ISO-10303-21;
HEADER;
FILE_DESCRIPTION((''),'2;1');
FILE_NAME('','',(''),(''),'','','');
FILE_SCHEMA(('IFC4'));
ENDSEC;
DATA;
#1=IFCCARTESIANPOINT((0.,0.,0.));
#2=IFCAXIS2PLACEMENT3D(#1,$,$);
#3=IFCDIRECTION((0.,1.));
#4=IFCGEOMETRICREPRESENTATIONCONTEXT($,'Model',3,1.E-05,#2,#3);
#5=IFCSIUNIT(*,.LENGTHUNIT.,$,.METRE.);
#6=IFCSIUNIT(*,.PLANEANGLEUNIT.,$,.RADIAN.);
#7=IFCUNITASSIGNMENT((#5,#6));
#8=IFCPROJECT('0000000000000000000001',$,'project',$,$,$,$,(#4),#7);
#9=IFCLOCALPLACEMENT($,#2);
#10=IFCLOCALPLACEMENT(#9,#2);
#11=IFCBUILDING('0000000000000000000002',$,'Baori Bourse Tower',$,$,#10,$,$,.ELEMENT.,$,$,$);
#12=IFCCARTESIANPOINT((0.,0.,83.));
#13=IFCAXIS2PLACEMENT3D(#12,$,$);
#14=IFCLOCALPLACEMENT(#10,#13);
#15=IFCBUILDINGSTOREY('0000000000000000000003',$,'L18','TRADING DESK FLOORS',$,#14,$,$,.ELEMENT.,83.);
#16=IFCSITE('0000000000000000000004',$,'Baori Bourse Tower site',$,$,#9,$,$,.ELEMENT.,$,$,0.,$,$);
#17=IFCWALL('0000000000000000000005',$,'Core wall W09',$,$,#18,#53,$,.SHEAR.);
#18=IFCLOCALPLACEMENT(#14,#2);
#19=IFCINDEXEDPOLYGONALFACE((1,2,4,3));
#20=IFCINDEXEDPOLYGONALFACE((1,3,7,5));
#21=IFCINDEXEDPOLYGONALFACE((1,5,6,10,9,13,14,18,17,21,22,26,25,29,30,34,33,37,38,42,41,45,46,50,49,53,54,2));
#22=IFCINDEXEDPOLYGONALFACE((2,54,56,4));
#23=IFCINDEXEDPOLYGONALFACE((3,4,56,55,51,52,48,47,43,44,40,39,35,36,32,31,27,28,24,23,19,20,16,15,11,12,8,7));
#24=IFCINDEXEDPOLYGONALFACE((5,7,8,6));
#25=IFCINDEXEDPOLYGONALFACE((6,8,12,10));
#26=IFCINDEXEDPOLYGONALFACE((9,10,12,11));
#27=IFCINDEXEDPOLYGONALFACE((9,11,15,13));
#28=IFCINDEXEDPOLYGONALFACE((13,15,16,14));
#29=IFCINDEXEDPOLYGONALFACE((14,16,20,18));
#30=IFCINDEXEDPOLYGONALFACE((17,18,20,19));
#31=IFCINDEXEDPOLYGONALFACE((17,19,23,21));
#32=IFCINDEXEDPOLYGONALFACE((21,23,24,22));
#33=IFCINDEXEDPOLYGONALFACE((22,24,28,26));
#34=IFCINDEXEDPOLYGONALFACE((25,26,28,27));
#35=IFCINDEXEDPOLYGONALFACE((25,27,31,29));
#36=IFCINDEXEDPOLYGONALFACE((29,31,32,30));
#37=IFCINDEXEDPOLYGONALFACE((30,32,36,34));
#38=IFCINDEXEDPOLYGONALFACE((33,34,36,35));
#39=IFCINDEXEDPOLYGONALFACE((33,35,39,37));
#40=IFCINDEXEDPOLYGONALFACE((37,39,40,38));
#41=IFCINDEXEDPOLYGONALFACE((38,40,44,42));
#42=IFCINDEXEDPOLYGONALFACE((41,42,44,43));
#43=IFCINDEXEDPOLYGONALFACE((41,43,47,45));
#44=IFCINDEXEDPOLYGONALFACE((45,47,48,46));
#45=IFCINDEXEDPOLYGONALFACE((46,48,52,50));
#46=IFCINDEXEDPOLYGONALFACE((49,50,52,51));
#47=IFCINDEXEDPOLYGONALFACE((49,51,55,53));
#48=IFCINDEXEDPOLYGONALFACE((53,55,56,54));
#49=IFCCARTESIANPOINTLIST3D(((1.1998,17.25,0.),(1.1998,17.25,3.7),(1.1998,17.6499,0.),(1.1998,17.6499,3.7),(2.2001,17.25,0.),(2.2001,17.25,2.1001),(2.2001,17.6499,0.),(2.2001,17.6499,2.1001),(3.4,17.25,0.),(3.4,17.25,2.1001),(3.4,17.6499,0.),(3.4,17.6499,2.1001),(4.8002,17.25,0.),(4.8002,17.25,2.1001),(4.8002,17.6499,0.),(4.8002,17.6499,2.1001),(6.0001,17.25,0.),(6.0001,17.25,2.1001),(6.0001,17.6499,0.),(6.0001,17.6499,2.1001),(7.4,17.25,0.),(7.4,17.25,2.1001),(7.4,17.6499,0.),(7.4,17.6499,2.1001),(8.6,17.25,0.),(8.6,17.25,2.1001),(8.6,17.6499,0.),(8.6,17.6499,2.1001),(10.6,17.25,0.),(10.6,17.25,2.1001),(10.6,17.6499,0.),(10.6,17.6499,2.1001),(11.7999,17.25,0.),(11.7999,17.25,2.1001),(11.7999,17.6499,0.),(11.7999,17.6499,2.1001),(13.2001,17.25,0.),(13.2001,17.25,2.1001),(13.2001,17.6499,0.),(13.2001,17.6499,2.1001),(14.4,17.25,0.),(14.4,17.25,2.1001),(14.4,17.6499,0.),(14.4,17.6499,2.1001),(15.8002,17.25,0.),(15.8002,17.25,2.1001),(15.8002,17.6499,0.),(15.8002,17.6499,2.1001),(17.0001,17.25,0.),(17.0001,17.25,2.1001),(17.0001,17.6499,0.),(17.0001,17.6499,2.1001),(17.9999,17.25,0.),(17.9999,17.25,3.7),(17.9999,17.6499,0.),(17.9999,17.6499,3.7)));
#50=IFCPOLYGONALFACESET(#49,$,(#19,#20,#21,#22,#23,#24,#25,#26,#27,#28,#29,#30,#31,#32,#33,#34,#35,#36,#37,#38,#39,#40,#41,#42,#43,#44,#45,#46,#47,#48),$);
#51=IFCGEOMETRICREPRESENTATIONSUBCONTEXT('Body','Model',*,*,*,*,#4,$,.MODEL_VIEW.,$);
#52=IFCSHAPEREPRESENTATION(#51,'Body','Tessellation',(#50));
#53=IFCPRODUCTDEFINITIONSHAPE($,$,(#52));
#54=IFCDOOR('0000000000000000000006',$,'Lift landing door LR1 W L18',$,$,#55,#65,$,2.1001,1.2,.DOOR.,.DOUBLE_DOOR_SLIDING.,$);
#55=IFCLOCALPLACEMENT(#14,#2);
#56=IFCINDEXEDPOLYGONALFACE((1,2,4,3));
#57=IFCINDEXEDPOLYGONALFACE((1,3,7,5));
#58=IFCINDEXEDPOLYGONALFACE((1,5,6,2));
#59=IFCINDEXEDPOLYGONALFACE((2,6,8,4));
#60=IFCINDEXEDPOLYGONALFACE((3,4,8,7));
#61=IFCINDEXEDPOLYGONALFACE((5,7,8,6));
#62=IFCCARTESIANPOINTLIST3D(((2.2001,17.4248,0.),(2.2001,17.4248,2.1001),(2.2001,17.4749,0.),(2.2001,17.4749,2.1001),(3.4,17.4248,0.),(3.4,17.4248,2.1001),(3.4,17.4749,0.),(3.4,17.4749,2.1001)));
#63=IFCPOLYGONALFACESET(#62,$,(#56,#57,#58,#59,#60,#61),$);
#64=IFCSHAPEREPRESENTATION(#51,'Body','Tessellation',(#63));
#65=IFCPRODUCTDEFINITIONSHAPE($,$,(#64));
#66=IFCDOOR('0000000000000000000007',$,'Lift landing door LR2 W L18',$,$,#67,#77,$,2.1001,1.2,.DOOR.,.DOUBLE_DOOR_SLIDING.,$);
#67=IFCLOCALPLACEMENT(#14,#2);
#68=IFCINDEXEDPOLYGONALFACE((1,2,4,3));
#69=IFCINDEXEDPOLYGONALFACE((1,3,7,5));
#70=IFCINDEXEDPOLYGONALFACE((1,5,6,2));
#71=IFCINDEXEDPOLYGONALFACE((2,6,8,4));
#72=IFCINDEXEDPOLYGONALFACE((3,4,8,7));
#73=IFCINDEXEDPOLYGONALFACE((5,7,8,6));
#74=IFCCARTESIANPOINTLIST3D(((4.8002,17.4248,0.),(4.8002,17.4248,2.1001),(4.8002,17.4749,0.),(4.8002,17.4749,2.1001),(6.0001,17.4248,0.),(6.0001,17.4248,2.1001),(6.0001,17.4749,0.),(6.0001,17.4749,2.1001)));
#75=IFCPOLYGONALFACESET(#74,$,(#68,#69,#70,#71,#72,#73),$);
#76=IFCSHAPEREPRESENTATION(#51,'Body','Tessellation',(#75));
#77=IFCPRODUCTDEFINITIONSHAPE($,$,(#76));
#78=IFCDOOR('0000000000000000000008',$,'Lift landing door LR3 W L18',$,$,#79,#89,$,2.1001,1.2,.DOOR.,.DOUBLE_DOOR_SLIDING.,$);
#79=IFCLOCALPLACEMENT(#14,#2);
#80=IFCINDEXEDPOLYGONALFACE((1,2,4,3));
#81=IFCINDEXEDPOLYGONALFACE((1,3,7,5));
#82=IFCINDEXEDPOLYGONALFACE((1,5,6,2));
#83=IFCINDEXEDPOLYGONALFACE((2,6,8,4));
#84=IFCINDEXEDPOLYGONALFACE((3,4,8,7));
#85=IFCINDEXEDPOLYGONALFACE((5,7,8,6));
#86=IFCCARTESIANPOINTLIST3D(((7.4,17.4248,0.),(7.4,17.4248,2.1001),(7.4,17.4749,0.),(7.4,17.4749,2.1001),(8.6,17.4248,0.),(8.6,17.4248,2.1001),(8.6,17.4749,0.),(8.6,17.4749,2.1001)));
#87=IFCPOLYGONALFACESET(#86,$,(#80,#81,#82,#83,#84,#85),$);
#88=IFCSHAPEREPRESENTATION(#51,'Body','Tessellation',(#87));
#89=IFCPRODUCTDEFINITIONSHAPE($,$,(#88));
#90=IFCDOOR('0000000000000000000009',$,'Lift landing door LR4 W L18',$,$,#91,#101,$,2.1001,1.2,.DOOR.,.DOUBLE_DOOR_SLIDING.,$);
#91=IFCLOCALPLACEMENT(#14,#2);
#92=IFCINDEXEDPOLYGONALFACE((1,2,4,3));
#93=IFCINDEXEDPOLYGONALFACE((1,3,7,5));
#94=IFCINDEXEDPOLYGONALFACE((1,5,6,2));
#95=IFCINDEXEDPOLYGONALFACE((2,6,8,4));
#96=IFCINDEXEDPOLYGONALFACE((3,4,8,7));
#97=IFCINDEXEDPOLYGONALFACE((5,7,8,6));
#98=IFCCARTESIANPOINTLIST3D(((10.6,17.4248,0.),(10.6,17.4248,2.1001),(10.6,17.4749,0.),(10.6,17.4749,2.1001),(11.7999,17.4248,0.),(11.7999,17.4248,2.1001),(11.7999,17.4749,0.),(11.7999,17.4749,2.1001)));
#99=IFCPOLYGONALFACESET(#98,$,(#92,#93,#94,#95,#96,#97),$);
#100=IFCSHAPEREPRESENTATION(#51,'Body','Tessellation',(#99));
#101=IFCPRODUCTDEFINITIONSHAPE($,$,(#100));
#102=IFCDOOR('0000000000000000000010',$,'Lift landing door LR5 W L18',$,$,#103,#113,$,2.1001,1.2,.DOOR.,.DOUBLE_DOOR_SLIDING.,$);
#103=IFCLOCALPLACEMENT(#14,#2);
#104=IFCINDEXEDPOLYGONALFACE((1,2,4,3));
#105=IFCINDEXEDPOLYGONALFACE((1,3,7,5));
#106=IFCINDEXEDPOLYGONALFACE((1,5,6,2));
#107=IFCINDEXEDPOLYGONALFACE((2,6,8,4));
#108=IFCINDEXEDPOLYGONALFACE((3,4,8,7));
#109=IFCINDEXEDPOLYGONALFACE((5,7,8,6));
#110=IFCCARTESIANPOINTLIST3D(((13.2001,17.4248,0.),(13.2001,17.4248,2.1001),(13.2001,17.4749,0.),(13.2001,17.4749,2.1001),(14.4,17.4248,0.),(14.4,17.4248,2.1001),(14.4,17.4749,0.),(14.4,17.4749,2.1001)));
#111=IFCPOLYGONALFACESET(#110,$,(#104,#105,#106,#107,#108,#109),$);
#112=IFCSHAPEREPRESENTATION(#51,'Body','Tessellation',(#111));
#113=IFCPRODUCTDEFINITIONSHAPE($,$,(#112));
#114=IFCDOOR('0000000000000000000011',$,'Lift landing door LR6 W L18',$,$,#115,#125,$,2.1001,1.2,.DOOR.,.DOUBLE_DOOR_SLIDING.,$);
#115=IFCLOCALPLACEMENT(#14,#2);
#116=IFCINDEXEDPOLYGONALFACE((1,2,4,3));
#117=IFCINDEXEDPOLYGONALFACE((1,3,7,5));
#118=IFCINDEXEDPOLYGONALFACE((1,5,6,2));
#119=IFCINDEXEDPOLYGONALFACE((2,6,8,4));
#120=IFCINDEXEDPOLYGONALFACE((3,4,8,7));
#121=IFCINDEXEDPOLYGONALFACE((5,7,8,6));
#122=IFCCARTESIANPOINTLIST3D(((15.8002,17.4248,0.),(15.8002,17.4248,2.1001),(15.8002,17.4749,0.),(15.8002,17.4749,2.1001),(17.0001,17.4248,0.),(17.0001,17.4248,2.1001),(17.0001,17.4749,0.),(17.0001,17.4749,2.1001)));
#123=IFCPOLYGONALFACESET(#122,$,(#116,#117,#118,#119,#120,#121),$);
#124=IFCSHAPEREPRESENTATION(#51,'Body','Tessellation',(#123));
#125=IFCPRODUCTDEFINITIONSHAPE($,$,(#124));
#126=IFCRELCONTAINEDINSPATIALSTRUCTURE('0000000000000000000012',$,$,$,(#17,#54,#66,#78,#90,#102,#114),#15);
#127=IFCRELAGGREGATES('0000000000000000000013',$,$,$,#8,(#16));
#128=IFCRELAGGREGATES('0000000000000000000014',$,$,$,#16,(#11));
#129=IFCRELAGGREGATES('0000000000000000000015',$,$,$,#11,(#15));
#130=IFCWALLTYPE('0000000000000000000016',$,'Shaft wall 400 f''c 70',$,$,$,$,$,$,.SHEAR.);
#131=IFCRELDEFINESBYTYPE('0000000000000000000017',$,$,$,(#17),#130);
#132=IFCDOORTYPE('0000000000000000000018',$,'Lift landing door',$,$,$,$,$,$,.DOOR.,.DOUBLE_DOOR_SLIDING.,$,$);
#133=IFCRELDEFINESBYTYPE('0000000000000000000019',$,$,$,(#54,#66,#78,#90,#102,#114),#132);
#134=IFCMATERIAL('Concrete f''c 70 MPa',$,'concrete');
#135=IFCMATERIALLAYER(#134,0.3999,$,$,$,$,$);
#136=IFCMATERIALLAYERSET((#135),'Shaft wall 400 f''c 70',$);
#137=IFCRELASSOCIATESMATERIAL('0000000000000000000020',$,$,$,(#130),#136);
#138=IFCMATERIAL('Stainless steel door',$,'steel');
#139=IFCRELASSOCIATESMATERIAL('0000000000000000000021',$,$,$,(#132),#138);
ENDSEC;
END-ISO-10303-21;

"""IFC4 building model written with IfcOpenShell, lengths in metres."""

from ifc_helpers import new_model, si_unit, direction, frame, frame_2d, origin, place, context, subcontext, project, spatial, rectangle, extrude, material, layer, layer_set, type_object, element, fill, save


model = new_model("IFC4")

# Units and contexts
model_context = context("Model", 3, precision=1e-05, world=origin(), true_north=direction((0.0, 1.0)))
body_context = subcontext(model_context, "Body", "Model", "MODEL_VIEW")
ifc_project = project(units=[si_unit("LENGTHUNIT", "METRE"), si_unit("PLANEANGLEUNIT", "RADIAN")], contexts=[model_context])

# Site, building, storey
site_placement = place(None, origin())
site = spatial("IfcSite", under=ifc_project, at=site_placement, Name="Baori Bourse Tower site", CompositionType="ELEMENT", RefElevation=0.0)
building_placement = place(site_placement, origin())
building = spatial("IfcBuilding", under=site, at=building_placement, Name="Baori Bourse Tower", CompositionType="ELEMENT")
storey_placement = place(building_placement, frame((0.0, 0.0, 83.0)))
storey = spatial("IfcBuildingStorey", under=building, at=storey_placement, Name="L18", Description="TRADING DESK FLOORS", CompositionType="ELEMENT", Elevation=83.0)

# Shared definitions
ifc_material_1 = material(Name="Concrete f'c 70 MPa", Category="concrete")
ifc_layer_1 = layer(ifc_material_1, 0.3999)
ifc_layer_set_1 = layer_set([ifc_layer_1], Name="Shaft wall 400 f'c 70")
wall_type_1 = type_object("IfcWallType", Name="Shaft wall 400 f'c 70", PredefinedType="SHEAR", material=ifc_layer_set_1)

# Wall, openings, doors
wall_1_placement = place(storey_placement, frame((1.2, 17.45, 0.0), z_axis=(0.0, 0.0, 1.0), x_axis=(1.0, 0.0, 0.0)))
wall_1 = element("IfcWall", 1, at=wall_1_placement, inside=storey, type_object=wall_type_1, Name="Core wall W09", PredefinedType="SHEAR", context=body_context, shape_type="SweptSolid", body=[
    extrude(rectangle(XDim=16.8, YDim=0.3999, at=frame_2d((8.3999, 0.0))), origin(), (0.0, 0.0, 1.0), 3.7),
])
opening_1_placement = place(wall_1_placement, frame((1.0, 0.0, 0.0)))
opening_1 = element("IfcOpeningElement", 2, at=opening_1_placement, cuts=wall_1, PredefinedType="OPENING", context=body_context, shape_type="SweptSolid", body=[
    extrude(rectangle(XDim=1.2, YDim=2.1001, at=frame_2d((0.6001, 1.05))), frame((0.0, 0.21, 0.0), z_axis=(0.0, -1.0, 0.0), x_axis=(1.0, 0.0, 0.0)), (0.0, 0.0, 1.0), 0.4199),
])
opening_2_placement = place(wall_1_placement, frame((3.6001, 0.0, 0.0)))
opening_2 = element("IfcOpeningElement", 3, at=opening_2_placement, cuts=wall_1, PredefinedType="OPENING", context=body_context, shape_type="SweptSolid", body=[
    extrude(rectangle(XDim=1.2, YDim=2.1001, at=frame_2d((0.6001, 1.05))), frame((0.0, 0.21, 0.0), z_axis=(0.0, -1.0, 0.0), x_axis=(1.0, 0.0, 0.0)), (0.0, 0.0, 1.0), 0.4199),
])
opening_3_placement = place(wall_1_placement, frame((6.2, 0.0, 0.0)))
opening_3 = element("IfcOpeningElement", 4, at=opening_3_placement, cuts=wall_1, PredefinedType="OPENING", context=body_context, shape_type="SweptSolid", body=[
    extrude(rectangle(XDim=1.2, YDim=2.1001, at=frame_2d((0.6001, 1.05))), frame((0.0, 0.21, 0.0), z_axis=(0.0, -1.0, 0.0), x_axis=(1.0, 0.0, 0.0)), (0.0, 0.0, 1.0), 0.4199),
])
opening_4_placement = place(wall_1_placement, frame((9.3999, 0.0, 0.0)))
opening_4 = element("IfcOpeningElement", 5, at=opening_4_placement, cuts=wall_1, PredefinedType="OPENING", context=body_context, shape_type="SweptSolid", body=[
    extrude(rectangle(XDim=1.2, YDim=2.1001, at=frame_2d((0.6001, 1.05))), frame((0.0, 0.21, 0.0), z_axis=(0.0, -1.0, 0.0), x_axis=(1.0, 0.0, 0.0)), (0.0, 0.0, 1.0), 0.4199),
])
opening_5_placement = place(wall_1_placement, frame((12.0, 0.0, 0.0)))
opening_5 = element("IfcOpeningElement", 6, at=opening_5_placement, cuts=wall_1, PredefinedType="OPENING", context=body_context, shape_type="SweptSolid", body=[
    extrude(rectangle(XDim=1.2, YDim=2.1001, at=frame_2d((0.6001, 1.05))), frame((0.0, 0.21, 0.0), z_axis=(0.0, -1.0, 0.0), x_axis=(1.0, 0.0, 0.0)), (0.0, 0.0, 1.0), 0.4199),
])
opening_6_placement = place(wall_1_placement, frame((14.6001, 0.0, 0.0)))
opening_6 = element("IfcOpeningElement", 7, at=opening_6_placement, cuts=wall_1, PredefinedType="OPENING", context=body_context, shape_type="SweptSolid", body=[
    extrude(rectangle(XDim=1.2, YDim=2.1001, at=frame_2d((0.6001, 1.05))), frame((0.0, 0.21, 0.0), z_axis=(0.0, -1.0, 0.0), x_axis=(1.0, 0.0, 0.0)), (0.0, 0.0, 1.0), 0.4199),
])
ifc_material_2 = material(Name="Stainless steel door", Category="steel")
door_type_1 = type_object("IfcDoorType", Name="Lift landing door", OperationType="DOUBLE_DOOR_SLIDING", PredefinedType="DOOR", material=ifc_material_2)
door_1_placement = place(opening_1_placement, origin())
door_1 = element("IfcDoor", 8, at=door_1_placement, inside=storey, type_object=door_type_1, Name="Lift landing door LR1 W L18", OperationType="DOUBLE_DOOR_SLIDING", OverallHeight=2.1001, OverallWidth=1.2, PredefinedType="DOOR", context=body_context, shape_type="SweptSolid", body=[
    extrude(rectangle(XDim=1.2, YDim=2.1001, at=frame_2d((0.6001, 1.05))), frame((0.0, 0.0249, 0.0), z_axis=(0.0, -1.0, 0.0), x_axis=(1.0, 0.0, 0.0)), (0.0, 0.0, 1.0), 0.05),
])
fill(opening_1, door_1)
door_2_placement = place(opening_2_placement, origin())
door_2 = element("IfcDoor", 9, at=door_2_placement, inside=storey, type_object=door_type_1, Name="Lift landing door LR2 W L18", OperationType="DOUBLE_DOOR_SLIDING", OverallHeight=2.1001, OverallWidth=1.2, PredefinedType="DOOR", context=body_context, shape_type="SweptSolid", body=[
    extrude(rectangle(XDim=1.2, YDim=2.1001, at=frame_2d((0.6001, 1.05))), frame((0.0, 0.0249, 0.0), z_axis=(0.0, -1.0, 0.0), x_axis=(1.0, 0.0, 0.0)), (0.0, 0.0, 1.0), 0.05),
])
fill(opening_2, door_2)
door_3_placement = place(opening_3_placement, origin())
door_3 = element("IfcDoor", 10, at=door_3_placement, inside=storey, type_object=door_type_1, Name="Lift landing door LR3 W L18", OperationType="DOUBLE_DOOR_SLIDING", OverallHeight=2.1001, OverallWidth=1.2, PredefinedType="DOOR", context=body_context, shape_type="SweptSolid", body=[
    extrude(rectangle(XDim=1.2, YDim=2.1001, at=frame_2d((0.6001, 1.05))), frame((0.0, 0.0249, 0.0), z_axis=(0.0, -1.0, 0.0), x_axis=(1.0, 0.0, 0.0)), (0.0, 0.0, 1.0), 0.05),
])
fill(opening_3, door_3)
door_4_placement = place(opening_4_placement, origin())
door_4 = element("IfcDoor", 11, at=door_4_placement, inside=storey, type_object=door_type_1, Name="Lift landing door LR4 W L18", OperationType="DOUBLE_DOOR_SLIDING", OverallHeight=2.1001, OverallWidth=1.2, PredefinedType="DOOR", context=body_context, shape_type="SweptSolid", body=[
    extrude(rectangle(XDim=1.2, YDim=2.1001, at=frame_2d((0.6001, 1.05))), frame((0.0, 0.0249, 0.0), z_axis=(0.0, -1.0, 0.0), x_axis=(1.0, 0.0, 0.0)), (0.0, 0.0, 1.0), 0.05),
])
fill(opening_4, door_4)
door_5_placement = place(opening_5_placement, origin())
door_5 = element("IfcDoor", 12, at=door_5_placement, inside=storey, type_object=door_type_1, Name="Lift landing door LR5 W L18", OperationType="DOUBLE_DOOR_SLIDING", OverallHeight=2.1001, OverallWidth=1.2, PredefinedType="DOOR", context=body_context, shape_type="SweptSolid", body=[
    extrude(rectangle(XDim=1.2, YDim=2.1001, at=frame_2d((0.6001, 1.05))), frame((0.0, 0.0249, 0.0), z_axis=(0.0, -1.0, 0.0), x_axis=(1.0, 0.0, 0.0)), (0.0, 0.0, 1.0), 0.05),
])
fill(opening_5, door_5)
door_6_placement = place(opening_6_placement, origin())
door_6 = element("IfcDoor", 13, at=door_6_placement, inside=storey, type_object=door_type_1, Name="Lift landing door LR6 W L18", OperationType="DOUBLE_DOOR_SLIDING", OverallHeight=2.1001, OverallWidth=1.2, PredefinedType="DOOR", context=body_context, shape_type="SweptSolid", body=[
    extrude(rectangle(XDim=1.2, YDim=2.1001, at=frame_2d((0.6001, 1.05))), frame((0.0, 0.0249, 0.0), z_axis=(0.0, -1.0, 0.0), x_axis=(1.0, 0.0, 0.0)), (0.0, 0.0, 1.0), 0.05),
])
fill(opening_6, door_6)

save(model, "model.ifc")
